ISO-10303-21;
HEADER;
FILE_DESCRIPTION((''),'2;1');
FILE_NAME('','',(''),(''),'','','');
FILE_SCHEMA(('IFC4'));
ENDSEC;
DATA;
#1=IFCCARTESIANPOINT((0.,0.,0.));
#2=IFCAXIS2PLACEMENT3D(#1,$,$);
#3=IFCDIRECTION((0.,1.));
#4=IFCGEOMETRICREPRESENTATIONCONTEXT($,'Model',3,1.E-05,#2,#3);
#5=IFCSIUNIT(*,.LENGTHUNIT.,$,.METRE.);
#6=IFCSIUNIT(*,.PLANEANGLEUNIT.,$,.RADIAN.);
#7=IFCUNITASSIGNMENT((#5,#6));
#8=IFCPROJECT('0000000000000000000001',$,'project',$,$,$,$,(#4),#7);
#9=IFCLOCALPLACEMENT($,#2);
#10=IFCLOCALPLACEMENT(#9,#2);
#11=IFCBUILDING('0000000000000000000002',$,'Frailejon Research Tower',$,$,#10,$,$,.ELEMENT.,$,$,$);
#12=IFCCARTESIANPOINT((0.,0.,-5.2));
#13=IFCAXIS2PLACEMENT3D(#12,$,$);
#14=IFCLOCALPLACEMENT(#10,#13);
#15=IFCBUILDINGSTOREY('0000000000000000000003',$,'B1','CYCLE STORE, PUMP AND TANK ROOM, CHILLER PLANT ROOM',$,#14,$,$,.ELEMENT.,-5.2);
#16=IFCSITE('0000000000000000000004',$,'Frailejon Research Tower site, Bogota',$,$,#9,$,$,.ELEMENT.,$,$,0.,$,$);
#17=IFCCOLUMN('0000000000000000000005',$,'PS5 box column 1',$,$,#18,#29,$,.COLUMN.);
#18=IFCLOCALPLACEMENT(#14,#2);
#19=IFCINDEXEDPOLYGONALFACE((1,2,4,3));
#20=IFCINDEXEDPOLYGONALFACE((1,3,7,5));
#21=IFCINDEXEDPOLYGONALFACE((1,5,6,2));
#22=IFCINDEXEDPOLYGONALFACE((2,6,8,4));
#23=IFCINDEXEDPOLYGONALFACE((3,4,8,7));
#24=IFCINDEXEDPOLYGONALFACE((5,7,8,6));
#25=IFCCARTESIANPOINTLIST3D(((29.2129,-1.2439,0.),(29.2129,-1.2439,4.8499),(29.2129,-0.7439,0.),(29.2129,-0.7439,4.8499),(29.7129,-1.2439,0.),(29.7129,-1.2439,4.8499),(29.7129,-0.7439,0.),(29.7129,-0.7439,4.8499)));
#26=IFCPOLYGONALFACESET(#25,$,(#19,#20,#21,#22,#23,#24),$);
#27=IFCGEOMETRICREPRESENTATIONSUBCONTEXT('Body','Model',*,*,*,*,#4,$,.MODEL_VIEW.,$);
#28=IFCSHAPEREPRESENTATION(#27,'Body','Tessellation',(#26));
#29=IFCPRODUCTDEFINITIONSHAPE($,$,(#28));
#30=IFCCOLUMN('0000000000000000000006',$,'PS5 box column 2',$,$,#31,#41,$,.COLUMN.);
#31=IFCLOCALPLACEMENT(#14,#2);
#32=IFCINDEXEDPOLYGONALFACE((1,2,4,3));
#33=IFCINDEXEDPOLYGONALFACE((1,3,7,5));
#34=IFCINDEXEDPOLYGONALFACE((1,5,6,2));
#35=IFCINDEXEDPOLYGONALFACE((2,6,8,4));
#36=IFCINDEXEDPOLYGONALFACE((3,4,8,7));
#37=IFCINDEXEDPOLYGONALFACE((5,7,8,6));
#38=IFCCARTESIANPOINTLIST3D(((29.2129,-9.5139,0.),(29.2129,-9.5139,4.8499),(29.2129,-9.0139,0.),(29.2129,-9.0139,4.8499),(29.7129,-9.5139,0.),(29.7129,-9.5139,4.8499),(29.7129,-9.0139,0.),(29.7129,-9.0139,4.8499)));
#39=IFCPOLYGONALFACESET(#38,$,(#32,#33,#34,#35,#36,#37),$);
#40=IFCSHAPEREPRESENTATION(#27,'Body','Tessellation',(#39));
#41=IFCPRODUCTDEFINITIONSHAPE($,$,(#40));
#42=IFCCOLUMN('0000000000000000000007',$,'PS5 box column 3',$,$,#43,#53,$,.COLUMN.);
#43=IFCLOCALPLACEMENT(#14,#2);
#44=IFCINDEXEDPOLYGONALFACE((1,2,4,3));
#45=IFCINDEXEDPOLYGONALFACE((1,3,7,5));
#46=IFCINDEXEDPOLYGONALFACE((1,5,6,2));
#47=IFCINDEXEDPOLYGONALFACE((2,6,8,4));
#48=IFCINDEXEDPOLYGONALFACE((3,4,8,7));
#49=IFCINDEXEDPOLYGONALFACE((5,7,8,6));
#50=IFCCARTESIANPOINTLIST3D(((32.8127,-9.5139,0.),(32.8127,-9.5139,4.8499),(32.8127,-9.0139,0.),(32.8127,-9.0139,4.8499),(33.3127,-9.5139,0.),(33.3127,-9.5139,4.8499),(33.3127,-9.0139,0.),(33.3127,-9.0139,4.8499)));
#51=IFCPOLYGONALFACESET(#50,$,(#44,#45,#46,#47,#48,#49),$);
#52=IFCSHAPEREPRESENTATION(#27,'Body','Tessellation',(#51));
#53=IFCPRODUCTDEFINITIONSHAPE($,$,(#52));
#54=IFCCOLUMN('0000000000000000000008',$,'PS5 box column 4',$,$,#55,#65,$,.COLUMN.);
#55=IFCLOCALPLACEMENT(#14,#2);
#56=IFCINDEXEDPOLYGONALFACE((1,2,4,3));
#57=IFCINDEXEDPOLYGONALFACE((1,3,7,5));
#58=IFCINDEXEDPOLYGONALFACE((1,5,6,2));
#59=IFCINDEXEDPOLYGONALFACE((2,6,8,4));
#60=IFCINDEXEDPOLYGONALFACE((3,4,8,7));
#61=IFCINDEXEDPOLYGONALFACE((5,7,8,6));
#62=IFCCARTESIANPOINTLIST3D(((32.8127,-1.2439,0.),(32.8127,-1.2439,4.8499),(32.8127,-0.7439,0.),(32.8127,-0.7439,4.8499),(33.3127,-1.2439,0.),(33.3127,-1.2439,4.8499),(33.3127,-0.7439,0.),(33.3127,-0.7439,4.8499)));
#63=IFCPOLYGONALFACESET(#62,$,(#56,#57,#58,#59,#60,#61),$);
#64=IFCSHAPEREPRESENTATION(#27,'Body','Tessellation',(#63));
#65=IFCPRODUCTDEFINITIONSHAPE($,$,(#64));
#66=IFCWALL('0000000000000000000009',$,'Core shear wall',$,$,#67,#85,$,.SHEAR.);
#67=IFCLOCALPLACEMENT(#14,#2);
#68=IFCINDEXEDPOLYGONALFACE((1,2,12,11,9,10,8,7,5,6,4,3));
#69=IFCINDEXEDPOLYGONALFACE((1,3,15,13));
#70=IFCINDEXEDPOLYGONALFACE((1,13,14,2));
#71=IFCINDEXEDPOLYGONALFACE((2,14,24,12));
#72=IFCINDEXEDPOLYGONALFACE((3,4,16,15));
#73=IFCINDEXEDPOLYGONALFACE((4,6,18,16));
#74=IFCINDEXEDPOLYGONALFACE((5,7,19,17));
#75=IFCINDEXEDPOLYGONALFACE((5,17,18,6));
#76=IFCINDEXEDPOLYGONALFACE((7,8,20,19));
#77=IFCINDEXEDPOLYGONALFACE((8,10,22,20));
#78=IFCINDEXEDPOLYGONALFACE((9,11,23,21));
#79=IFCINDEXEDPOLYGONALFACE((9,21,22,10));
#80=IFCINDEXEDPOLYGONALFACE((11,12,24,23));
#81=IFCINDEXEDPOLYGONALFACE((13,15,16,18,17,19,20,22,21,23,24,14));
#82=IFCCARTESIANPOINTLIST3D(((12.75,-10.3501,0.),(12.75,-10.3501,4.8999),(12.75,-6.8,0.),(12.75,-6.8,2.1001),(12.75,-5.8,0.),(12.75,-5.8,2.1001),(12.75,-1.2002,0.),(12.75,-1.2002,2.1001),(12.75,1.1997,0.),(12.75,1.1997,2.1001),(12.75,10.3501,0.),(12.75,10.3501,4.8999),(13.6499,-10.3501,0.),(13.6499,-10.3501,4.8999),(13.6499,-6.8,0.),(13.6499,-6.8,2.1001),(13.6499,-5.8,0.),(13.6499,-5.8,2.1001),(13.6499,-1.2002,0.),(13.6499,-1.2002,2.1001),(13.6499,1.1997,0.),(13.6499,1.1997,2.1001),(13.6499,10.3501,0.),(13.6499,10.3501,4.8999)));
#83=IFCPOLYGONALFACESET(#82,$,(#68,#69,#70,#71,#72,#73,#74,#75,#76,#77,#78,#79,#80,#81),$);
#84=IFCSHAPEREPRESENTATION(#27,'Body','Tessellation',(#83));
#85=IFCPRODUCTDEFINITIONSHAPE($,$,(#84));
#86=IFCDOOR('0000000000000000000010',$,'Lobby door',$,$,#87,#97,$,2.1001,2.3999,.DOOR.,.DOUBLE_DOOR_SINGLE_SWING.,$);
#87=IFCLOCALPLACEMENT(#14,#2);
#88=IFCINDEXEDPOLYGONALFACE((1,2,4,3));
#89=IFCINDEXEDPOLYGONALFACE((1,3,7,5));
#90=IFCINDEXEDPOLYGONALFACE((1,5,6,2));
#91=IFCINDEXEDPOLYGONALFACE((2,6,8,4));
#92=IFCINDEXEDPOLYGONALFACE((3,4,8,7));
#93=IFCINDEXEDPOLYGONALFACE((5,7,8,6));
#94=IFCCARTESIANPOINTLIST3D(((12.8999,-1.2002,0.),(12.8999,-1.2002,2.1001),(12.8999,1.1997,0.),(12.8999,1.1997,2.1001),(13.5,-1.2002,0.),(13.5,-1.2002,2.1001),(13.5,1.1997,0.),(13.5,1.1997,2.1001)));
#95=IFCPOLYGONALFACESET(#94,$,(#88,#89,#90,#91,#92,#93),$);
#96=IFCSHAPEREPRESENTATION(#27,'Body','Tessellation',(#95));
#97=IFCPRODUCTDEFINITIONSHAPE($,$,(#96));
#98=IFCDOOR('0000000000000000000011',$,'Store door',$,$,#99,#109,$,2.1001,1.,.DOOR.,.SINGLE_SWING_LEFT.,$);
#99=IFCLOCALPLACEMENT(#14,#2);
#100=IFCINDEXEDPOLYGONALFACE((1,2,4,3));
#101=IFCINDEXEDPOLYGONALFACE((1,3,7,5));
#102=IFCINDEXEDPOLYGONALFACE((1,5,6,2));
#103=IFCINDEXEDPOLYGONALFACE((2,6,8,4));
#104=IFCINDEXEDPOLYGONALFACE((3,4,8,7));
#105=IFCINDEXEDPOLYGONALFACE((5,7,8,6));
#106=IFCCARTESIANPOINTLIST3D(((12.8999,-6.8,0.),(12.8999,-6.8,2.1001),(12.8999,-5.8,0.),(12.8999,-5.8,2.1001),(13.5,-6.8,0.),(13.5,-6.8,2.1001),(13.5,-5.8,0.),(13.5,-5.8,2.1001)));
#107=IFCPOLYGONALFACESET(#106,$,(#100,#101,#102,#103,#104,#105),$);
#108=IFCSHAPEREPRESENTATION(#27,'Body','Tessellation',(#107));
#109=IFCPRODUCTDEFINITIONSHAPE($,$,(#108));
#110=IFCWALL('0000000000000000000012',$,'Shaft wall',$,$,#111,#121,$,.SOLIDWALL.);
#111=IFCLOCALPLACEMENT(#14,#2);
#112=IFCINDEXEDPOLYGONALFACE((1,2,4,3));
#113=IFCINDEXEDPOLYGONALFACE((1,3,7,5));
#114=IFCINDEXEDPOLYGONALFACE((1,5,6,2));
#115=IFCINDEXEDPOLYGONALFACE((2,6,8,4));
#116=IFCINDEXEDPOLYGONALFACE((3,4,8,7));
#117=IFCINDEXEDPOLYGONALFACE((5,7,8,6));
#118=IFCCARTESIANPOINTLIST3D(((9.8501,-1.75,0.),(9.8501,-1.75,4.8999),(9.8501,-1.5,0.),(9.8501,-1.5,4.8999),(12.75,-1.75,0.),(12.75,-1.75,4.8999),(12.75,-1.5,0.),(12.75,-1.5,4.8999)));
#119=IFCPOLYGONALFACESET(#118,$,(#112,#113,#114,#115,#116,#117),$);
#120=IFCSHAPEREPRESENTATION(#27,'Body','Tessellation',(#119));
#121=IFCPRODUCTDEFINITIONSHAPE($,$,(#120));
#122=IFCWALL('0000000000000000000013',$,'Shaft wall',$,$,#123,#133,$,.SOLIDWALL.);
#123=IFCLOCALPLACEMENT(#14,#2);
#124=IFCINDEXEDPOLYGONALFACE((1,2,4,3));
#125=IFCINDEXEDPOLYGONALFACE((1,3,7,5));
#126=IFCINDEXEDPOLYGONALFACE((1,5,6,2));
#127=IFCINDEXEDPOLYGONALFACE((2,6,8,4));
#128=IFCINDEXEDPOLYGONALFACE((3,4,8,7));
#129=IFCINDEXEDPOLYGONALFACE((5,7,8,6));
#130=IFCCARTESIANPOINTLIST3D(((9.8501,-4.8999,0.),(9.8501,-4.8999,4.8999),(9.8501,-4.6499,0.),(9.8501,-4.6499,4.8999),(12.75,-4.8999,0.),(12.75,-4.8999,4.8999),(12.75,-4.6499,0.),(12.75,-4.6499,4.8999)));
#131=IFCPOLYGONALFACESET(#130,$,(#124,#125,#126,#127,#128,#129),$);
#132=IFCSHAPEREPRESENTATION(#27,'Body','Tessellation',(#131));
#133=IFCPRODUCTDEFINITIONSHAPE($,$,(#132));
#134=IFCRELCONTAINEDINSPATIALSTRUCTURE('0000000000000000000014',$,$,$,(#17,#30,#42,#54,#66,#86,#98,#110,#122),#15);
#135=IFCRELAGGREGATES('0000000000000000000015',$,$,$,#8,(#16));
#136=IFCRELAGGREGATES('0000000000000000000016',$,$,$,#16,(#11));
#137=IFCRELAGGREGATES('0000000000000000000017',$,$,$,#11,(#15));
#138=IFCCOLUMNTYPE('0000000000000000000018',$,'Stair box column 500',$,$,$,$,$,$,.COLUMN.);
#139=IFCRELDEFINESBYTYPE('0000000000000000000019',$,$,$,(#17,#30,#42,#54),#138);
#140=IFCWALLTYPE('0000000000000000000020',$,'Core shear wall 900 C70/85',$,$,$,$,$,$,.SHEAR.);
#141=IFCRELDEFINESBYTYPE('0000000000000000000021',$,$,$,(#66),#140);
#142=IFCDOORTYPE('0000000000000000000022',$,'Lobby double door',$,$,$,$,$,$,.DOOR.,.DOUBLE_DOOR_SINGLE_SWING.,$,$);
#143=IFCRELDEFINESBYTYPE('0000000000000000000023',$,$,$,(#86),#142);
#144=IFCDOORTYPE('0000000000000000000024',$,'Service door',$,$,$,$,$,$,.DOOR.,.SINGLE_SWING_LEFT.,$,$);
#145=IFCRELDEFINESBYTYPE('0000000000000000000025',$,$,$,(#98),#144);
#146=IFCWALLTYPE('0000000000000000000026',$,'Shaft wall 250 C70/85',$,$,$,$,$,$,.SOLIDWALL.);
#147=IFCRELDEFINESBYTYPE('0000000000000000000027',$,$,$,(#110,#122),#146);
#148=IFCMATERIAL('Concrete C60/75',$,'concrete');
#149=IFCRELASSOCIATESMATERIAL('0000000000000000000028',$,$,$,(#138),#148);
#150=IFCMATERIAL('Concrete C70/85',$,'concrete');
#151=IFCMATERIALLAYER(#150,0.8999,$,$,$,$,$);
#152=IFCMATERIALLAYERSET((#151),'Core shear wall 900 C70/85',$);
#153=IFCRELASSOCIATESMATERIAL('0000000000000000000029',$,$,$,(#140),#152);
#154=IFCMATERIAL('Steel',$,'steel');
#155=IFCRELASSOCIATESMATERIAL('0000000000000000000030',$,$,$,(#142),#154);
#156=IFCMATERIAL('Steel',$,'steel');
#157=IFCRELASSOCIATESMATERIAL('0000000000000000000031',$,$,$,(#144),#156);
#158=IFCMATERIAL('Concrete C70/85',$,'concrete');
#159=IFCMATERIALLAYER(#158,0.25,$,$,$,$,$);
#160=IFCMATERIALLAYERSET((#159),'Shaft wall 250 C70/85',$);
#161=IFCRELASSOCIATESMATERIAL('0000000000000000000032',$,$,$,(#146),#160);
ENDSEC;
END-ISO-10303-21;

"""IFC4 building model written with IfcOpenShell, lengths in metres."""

from ifc_helpers import new_model, si_unit, direction, frame, frame_2d, origin, origin_2d, place, context, subcontext, project, spatial, rectangle, extrude, material, layer, layer_set, material_profile, profile_set, type_object, element, fill, save


model = new_model("IFC4")

# Units and contexts
model_context = context("Model", 3, precision=1e-05, world=origin(), true_north=direction((0.0, 1.0)))
body_context = subcontext(model_context, "Body", "Model", "MODEL_VIEW")
ifc_project = project(units=[si_unit("LENGTHUNIT", "METRE"), si_unit("PLANEANGLEUNIT", "RADIAN")], contexts=[model_context])

# Site, building, storey
site_placement = place(None, origin())
site = spatial("IfcSite", under=ifc_project, at=site_placement, Name="Frailejon Research Tower site, Bogota", CompositionType="ELEMENT", RefElevation=0.0)
building_placement = place(site_placement, origin())
building = spatial("IfcBuilding", under=site, at=building_placement, Name="Frailejon Research Tower", CompositionType="ELEMENT")
storey_placement = place(building_placement, frame((0.0, 0.0, -5.2)))
storey = spatial("IfcBuildingStorey", under=building, at=storey_placement, Name="B1", Description="CYCLE STORE, PUMP AND TANK ROOM, CHILLER PLANT ROOM", CompositionType="ELEMENT", Elevation=-5.2)

# Columns
ifc_material_1 = material(Name="Concrete C60/75", Category="concrete")
ifc_material_profile_1 = material_profile(ifc_material_1, rectangle(XDim=0.5, YDim=0.5, at=origin_2d()), Name="Stair box column 500")
ifc_profile_set_1 = profile_set([ifc_material_profile_1], Name="Concrete C60/75")
column_type_1 = type_object("IfcColumnType", Name="Stair box column 500", PredefinedType="COLUMN", material=ifc_profile_set_1)
for number, where, z_axis, x_axis, name in (
    (1, (29.4629, -0.9939, 0.0), (0.0, 0.0, 1.0), (1.0, 0.0, 0.0), "PS5 box column 1"),
    (2, (29.4629, -9.2639, 0.0), (0.0, 0.0, 1.0), (1.0, 0.0, 0.0), "PS5 box column 2"),
    (3, (33.0627, -9.2639, 0.0), (0.0, 0.0, 1.0), (1.0, 0.0, 0.0), "PS5 box column 3"),
    (4, (33.0627, -0.9939, 0.0), (0.0, 0.0, 1.0), (1.0, 0.0, 0.0), "PS5 box column 4"),
):
    element("IfcColumn", number, at=place(storey_placement, frame(where, z_axis=z_axis, x_axis=x_axis)), inside=storey, type_object=column_type_1, Name=name, PredefinedType="COLUMN", context=body_context, shape_type="SweptSolid", body=[
        extrude(rectangle(XDim=0.5, YDim=0.5, at=origin_2d()), origin(), (0.0, 0.0, 1.0), 4.8499),
    ])

# Wall, openings, doors
ifc_material_2 = material(Name="Concrete C70/85", Category="concrete")
ifc_layer_1 = layer(ifc_material_2, 0.8999)
ifc_layer_set_1 = layer_set([ifc_layer_1], Name="Core shear wall 900 C70/85")
wall_type_1 = type_object("IfcWallType", Name="Core shear wall 900 C70/85", PredefinedType="SHEAR", material=ifc_layer_set_1)
wall_placement = place(storey_placement, frame((13.2, -10.3501, 0.0), z_axis=(0.0, 0.0, 1.0), x_axis=(0.0, 1.0, 0.0)))
wall = element("IfcWall", 5, at=wall_placement, inside=storey, type_object=wall_type_1, Name="Core shear wall", PredefinedType="SHEAR", context=body_context, shape_type="SweptSolid", body=[
    extrude(rectangle(XDim=20.7002, YDim=0.8999, at=frame_2d((10.3501, 0.0))), origin(), (0.0, 0.0, 1.0), 4.8999),
])
opening_1_placement = place(wall_placement, frame((9.1499, 0.0, 0.0)))
opening_1 = element("IfcOpeningElement", 6, at=opening_1_placement, cuts=wall, PredefinedType="OPENING", context=body_context, shape_type="SweptSolid", body=[
    extrude(rectangle(XDim=2.3999, YDim=2.1001, at=frame_2d((1.2, 1.05))), frame((0.0, 0.46, 0.0), z_axis=(0.0, -1.0, 0.0), x_axis=(1.0, 0.0, 0.0)), (0.0, 0.0, 1.0), 0.9199),
])
opening_2_placement = place(wall_placement, frame((3.55, 0.0, 0.0)))
opening_2 = element("IfcOpeningElement", 7, at=opening_2_placement, cuts=wall, PredefinedType="OPENING", context=body_context, shape_type="SweptSolid", body=[
    extrude(rectangle(XDim=1.0, YDim=2.1001, at=frame_2d((0.5, 1.05))), frame((0.0, 0.46, 0.0), z_axis=(0.0, -1.0, 0.0), x_axis=(1.0, 0.0, 0.0)), (0.0, 0.0, 1.0), 0.9199),
])
ifc_material_3 = material(Name="Steel", Category="steel")
door_type_1 = type_object("IfcDoorType", Name="Lobby double door", OperationType="DOUBLE_DOOR_SINGLE_SWING", PredefinedType="DOOR", material=ifc_material_3)
door_1_placement = place(opening_1_placement, origin())
door_1 = element("IfcDoor", 8, at=door_1_placement, inside=storey, type_object=door_type_1, Name="Lobby door", OperationType="DOUBLE_DOOR_SINGLE_SWING", OverallHeight=2.1001, OverallWidth=2.3999, PredefinedType="DOOR", context=body_context, shape_type="SweptSolid", body=[
    extrude(rectangle(XDim=2.3999, YDim=2.1001, at=frame_2d((1.2, 1.05))), frame((0.0, 0.3, 0.0), z_axis=(0.0, -1.0, 0.0), x_axis=(1.0, 0.0, 0.0)), (0.0, 0.0, 1.0), 0.6001),
])
fill(opening_1, door_1)
ifc_material_4 = material(Name="Steel", Category="steel")
door_type_2 = type_object("IfcDoorType", Name="Service door", OperationType="SINGLE_SWING_LEFT", PredefinedType="DOOR", material=ifc_material_4)
door_2_placement = place(opening_2_placement, origin())
door_2 = element("IfcDoor", 9, at=door_2_placement, inside=storey, type_object=door_type_2, Name="Store door", OperationType="SINGLE_SWING_LEFT", OverallHeight=2.1001, OverallWidth=1.0, PredefinedType="DOOR", context=body_context, shape_type="SweptSolid", body=[
    extrude(rectangle(XDim=1.0, YDim=2.1001, at=frame_2d((0.5, 1.05))), frame((0.0, 0.3, 0.0), z_axis=(0.0, -1.0, 0.0), x_axis=(1.0, 0.0, 0.0)), (0.0, 0.0, 1.0), 0.6001),
])
fill(opening_2, door_2)

# Walls
ifc_material_5 = material(Name="Concrete C70/85", Category="concrete")
ifc_layer_2 = layer(ifc_material_5, 0.25)
ifc_layer_set_2 = layer_set([ifc_layer_2], Name="Shaft wall 250 C70/85")
wall_type_2 = type_object("IfcWallType", Name="Shaft wall 250 C70/85", PredefinedType="SOLIDWALL", material=ifc_layer_set_2)
for number, where, z_axis, x_axis, name in (
    (10, (9.8501, -1.625, 0.0), (0.0, 0.0, 1.0), (1.0, 0.0, 0.0), "Shaft wall"),
    (11, (9.8501, -4.7749, 0.0), (0.0, 0.0, 1.0), (1.0, 0.0, 0.0), "Shaft wall"),
):
    element("IfcWall", number, at=place(storey_placement, frame(where, z_axis=z_axis, x_axis=x_axis)), inside=storey, type_object=wall_type_2, Name=name, PredefinedType="SOLIDWALL", context=body_context, shape_type="SweptSolid", body=[
        extrude(rectangle(XDim=2.8999, YDim=0.25, at=frame_2d((1.45, 0.0))), origin(), (0.0, 0.0, 1.0), 4.8999),
    ])

save(model, "model.ifc")
